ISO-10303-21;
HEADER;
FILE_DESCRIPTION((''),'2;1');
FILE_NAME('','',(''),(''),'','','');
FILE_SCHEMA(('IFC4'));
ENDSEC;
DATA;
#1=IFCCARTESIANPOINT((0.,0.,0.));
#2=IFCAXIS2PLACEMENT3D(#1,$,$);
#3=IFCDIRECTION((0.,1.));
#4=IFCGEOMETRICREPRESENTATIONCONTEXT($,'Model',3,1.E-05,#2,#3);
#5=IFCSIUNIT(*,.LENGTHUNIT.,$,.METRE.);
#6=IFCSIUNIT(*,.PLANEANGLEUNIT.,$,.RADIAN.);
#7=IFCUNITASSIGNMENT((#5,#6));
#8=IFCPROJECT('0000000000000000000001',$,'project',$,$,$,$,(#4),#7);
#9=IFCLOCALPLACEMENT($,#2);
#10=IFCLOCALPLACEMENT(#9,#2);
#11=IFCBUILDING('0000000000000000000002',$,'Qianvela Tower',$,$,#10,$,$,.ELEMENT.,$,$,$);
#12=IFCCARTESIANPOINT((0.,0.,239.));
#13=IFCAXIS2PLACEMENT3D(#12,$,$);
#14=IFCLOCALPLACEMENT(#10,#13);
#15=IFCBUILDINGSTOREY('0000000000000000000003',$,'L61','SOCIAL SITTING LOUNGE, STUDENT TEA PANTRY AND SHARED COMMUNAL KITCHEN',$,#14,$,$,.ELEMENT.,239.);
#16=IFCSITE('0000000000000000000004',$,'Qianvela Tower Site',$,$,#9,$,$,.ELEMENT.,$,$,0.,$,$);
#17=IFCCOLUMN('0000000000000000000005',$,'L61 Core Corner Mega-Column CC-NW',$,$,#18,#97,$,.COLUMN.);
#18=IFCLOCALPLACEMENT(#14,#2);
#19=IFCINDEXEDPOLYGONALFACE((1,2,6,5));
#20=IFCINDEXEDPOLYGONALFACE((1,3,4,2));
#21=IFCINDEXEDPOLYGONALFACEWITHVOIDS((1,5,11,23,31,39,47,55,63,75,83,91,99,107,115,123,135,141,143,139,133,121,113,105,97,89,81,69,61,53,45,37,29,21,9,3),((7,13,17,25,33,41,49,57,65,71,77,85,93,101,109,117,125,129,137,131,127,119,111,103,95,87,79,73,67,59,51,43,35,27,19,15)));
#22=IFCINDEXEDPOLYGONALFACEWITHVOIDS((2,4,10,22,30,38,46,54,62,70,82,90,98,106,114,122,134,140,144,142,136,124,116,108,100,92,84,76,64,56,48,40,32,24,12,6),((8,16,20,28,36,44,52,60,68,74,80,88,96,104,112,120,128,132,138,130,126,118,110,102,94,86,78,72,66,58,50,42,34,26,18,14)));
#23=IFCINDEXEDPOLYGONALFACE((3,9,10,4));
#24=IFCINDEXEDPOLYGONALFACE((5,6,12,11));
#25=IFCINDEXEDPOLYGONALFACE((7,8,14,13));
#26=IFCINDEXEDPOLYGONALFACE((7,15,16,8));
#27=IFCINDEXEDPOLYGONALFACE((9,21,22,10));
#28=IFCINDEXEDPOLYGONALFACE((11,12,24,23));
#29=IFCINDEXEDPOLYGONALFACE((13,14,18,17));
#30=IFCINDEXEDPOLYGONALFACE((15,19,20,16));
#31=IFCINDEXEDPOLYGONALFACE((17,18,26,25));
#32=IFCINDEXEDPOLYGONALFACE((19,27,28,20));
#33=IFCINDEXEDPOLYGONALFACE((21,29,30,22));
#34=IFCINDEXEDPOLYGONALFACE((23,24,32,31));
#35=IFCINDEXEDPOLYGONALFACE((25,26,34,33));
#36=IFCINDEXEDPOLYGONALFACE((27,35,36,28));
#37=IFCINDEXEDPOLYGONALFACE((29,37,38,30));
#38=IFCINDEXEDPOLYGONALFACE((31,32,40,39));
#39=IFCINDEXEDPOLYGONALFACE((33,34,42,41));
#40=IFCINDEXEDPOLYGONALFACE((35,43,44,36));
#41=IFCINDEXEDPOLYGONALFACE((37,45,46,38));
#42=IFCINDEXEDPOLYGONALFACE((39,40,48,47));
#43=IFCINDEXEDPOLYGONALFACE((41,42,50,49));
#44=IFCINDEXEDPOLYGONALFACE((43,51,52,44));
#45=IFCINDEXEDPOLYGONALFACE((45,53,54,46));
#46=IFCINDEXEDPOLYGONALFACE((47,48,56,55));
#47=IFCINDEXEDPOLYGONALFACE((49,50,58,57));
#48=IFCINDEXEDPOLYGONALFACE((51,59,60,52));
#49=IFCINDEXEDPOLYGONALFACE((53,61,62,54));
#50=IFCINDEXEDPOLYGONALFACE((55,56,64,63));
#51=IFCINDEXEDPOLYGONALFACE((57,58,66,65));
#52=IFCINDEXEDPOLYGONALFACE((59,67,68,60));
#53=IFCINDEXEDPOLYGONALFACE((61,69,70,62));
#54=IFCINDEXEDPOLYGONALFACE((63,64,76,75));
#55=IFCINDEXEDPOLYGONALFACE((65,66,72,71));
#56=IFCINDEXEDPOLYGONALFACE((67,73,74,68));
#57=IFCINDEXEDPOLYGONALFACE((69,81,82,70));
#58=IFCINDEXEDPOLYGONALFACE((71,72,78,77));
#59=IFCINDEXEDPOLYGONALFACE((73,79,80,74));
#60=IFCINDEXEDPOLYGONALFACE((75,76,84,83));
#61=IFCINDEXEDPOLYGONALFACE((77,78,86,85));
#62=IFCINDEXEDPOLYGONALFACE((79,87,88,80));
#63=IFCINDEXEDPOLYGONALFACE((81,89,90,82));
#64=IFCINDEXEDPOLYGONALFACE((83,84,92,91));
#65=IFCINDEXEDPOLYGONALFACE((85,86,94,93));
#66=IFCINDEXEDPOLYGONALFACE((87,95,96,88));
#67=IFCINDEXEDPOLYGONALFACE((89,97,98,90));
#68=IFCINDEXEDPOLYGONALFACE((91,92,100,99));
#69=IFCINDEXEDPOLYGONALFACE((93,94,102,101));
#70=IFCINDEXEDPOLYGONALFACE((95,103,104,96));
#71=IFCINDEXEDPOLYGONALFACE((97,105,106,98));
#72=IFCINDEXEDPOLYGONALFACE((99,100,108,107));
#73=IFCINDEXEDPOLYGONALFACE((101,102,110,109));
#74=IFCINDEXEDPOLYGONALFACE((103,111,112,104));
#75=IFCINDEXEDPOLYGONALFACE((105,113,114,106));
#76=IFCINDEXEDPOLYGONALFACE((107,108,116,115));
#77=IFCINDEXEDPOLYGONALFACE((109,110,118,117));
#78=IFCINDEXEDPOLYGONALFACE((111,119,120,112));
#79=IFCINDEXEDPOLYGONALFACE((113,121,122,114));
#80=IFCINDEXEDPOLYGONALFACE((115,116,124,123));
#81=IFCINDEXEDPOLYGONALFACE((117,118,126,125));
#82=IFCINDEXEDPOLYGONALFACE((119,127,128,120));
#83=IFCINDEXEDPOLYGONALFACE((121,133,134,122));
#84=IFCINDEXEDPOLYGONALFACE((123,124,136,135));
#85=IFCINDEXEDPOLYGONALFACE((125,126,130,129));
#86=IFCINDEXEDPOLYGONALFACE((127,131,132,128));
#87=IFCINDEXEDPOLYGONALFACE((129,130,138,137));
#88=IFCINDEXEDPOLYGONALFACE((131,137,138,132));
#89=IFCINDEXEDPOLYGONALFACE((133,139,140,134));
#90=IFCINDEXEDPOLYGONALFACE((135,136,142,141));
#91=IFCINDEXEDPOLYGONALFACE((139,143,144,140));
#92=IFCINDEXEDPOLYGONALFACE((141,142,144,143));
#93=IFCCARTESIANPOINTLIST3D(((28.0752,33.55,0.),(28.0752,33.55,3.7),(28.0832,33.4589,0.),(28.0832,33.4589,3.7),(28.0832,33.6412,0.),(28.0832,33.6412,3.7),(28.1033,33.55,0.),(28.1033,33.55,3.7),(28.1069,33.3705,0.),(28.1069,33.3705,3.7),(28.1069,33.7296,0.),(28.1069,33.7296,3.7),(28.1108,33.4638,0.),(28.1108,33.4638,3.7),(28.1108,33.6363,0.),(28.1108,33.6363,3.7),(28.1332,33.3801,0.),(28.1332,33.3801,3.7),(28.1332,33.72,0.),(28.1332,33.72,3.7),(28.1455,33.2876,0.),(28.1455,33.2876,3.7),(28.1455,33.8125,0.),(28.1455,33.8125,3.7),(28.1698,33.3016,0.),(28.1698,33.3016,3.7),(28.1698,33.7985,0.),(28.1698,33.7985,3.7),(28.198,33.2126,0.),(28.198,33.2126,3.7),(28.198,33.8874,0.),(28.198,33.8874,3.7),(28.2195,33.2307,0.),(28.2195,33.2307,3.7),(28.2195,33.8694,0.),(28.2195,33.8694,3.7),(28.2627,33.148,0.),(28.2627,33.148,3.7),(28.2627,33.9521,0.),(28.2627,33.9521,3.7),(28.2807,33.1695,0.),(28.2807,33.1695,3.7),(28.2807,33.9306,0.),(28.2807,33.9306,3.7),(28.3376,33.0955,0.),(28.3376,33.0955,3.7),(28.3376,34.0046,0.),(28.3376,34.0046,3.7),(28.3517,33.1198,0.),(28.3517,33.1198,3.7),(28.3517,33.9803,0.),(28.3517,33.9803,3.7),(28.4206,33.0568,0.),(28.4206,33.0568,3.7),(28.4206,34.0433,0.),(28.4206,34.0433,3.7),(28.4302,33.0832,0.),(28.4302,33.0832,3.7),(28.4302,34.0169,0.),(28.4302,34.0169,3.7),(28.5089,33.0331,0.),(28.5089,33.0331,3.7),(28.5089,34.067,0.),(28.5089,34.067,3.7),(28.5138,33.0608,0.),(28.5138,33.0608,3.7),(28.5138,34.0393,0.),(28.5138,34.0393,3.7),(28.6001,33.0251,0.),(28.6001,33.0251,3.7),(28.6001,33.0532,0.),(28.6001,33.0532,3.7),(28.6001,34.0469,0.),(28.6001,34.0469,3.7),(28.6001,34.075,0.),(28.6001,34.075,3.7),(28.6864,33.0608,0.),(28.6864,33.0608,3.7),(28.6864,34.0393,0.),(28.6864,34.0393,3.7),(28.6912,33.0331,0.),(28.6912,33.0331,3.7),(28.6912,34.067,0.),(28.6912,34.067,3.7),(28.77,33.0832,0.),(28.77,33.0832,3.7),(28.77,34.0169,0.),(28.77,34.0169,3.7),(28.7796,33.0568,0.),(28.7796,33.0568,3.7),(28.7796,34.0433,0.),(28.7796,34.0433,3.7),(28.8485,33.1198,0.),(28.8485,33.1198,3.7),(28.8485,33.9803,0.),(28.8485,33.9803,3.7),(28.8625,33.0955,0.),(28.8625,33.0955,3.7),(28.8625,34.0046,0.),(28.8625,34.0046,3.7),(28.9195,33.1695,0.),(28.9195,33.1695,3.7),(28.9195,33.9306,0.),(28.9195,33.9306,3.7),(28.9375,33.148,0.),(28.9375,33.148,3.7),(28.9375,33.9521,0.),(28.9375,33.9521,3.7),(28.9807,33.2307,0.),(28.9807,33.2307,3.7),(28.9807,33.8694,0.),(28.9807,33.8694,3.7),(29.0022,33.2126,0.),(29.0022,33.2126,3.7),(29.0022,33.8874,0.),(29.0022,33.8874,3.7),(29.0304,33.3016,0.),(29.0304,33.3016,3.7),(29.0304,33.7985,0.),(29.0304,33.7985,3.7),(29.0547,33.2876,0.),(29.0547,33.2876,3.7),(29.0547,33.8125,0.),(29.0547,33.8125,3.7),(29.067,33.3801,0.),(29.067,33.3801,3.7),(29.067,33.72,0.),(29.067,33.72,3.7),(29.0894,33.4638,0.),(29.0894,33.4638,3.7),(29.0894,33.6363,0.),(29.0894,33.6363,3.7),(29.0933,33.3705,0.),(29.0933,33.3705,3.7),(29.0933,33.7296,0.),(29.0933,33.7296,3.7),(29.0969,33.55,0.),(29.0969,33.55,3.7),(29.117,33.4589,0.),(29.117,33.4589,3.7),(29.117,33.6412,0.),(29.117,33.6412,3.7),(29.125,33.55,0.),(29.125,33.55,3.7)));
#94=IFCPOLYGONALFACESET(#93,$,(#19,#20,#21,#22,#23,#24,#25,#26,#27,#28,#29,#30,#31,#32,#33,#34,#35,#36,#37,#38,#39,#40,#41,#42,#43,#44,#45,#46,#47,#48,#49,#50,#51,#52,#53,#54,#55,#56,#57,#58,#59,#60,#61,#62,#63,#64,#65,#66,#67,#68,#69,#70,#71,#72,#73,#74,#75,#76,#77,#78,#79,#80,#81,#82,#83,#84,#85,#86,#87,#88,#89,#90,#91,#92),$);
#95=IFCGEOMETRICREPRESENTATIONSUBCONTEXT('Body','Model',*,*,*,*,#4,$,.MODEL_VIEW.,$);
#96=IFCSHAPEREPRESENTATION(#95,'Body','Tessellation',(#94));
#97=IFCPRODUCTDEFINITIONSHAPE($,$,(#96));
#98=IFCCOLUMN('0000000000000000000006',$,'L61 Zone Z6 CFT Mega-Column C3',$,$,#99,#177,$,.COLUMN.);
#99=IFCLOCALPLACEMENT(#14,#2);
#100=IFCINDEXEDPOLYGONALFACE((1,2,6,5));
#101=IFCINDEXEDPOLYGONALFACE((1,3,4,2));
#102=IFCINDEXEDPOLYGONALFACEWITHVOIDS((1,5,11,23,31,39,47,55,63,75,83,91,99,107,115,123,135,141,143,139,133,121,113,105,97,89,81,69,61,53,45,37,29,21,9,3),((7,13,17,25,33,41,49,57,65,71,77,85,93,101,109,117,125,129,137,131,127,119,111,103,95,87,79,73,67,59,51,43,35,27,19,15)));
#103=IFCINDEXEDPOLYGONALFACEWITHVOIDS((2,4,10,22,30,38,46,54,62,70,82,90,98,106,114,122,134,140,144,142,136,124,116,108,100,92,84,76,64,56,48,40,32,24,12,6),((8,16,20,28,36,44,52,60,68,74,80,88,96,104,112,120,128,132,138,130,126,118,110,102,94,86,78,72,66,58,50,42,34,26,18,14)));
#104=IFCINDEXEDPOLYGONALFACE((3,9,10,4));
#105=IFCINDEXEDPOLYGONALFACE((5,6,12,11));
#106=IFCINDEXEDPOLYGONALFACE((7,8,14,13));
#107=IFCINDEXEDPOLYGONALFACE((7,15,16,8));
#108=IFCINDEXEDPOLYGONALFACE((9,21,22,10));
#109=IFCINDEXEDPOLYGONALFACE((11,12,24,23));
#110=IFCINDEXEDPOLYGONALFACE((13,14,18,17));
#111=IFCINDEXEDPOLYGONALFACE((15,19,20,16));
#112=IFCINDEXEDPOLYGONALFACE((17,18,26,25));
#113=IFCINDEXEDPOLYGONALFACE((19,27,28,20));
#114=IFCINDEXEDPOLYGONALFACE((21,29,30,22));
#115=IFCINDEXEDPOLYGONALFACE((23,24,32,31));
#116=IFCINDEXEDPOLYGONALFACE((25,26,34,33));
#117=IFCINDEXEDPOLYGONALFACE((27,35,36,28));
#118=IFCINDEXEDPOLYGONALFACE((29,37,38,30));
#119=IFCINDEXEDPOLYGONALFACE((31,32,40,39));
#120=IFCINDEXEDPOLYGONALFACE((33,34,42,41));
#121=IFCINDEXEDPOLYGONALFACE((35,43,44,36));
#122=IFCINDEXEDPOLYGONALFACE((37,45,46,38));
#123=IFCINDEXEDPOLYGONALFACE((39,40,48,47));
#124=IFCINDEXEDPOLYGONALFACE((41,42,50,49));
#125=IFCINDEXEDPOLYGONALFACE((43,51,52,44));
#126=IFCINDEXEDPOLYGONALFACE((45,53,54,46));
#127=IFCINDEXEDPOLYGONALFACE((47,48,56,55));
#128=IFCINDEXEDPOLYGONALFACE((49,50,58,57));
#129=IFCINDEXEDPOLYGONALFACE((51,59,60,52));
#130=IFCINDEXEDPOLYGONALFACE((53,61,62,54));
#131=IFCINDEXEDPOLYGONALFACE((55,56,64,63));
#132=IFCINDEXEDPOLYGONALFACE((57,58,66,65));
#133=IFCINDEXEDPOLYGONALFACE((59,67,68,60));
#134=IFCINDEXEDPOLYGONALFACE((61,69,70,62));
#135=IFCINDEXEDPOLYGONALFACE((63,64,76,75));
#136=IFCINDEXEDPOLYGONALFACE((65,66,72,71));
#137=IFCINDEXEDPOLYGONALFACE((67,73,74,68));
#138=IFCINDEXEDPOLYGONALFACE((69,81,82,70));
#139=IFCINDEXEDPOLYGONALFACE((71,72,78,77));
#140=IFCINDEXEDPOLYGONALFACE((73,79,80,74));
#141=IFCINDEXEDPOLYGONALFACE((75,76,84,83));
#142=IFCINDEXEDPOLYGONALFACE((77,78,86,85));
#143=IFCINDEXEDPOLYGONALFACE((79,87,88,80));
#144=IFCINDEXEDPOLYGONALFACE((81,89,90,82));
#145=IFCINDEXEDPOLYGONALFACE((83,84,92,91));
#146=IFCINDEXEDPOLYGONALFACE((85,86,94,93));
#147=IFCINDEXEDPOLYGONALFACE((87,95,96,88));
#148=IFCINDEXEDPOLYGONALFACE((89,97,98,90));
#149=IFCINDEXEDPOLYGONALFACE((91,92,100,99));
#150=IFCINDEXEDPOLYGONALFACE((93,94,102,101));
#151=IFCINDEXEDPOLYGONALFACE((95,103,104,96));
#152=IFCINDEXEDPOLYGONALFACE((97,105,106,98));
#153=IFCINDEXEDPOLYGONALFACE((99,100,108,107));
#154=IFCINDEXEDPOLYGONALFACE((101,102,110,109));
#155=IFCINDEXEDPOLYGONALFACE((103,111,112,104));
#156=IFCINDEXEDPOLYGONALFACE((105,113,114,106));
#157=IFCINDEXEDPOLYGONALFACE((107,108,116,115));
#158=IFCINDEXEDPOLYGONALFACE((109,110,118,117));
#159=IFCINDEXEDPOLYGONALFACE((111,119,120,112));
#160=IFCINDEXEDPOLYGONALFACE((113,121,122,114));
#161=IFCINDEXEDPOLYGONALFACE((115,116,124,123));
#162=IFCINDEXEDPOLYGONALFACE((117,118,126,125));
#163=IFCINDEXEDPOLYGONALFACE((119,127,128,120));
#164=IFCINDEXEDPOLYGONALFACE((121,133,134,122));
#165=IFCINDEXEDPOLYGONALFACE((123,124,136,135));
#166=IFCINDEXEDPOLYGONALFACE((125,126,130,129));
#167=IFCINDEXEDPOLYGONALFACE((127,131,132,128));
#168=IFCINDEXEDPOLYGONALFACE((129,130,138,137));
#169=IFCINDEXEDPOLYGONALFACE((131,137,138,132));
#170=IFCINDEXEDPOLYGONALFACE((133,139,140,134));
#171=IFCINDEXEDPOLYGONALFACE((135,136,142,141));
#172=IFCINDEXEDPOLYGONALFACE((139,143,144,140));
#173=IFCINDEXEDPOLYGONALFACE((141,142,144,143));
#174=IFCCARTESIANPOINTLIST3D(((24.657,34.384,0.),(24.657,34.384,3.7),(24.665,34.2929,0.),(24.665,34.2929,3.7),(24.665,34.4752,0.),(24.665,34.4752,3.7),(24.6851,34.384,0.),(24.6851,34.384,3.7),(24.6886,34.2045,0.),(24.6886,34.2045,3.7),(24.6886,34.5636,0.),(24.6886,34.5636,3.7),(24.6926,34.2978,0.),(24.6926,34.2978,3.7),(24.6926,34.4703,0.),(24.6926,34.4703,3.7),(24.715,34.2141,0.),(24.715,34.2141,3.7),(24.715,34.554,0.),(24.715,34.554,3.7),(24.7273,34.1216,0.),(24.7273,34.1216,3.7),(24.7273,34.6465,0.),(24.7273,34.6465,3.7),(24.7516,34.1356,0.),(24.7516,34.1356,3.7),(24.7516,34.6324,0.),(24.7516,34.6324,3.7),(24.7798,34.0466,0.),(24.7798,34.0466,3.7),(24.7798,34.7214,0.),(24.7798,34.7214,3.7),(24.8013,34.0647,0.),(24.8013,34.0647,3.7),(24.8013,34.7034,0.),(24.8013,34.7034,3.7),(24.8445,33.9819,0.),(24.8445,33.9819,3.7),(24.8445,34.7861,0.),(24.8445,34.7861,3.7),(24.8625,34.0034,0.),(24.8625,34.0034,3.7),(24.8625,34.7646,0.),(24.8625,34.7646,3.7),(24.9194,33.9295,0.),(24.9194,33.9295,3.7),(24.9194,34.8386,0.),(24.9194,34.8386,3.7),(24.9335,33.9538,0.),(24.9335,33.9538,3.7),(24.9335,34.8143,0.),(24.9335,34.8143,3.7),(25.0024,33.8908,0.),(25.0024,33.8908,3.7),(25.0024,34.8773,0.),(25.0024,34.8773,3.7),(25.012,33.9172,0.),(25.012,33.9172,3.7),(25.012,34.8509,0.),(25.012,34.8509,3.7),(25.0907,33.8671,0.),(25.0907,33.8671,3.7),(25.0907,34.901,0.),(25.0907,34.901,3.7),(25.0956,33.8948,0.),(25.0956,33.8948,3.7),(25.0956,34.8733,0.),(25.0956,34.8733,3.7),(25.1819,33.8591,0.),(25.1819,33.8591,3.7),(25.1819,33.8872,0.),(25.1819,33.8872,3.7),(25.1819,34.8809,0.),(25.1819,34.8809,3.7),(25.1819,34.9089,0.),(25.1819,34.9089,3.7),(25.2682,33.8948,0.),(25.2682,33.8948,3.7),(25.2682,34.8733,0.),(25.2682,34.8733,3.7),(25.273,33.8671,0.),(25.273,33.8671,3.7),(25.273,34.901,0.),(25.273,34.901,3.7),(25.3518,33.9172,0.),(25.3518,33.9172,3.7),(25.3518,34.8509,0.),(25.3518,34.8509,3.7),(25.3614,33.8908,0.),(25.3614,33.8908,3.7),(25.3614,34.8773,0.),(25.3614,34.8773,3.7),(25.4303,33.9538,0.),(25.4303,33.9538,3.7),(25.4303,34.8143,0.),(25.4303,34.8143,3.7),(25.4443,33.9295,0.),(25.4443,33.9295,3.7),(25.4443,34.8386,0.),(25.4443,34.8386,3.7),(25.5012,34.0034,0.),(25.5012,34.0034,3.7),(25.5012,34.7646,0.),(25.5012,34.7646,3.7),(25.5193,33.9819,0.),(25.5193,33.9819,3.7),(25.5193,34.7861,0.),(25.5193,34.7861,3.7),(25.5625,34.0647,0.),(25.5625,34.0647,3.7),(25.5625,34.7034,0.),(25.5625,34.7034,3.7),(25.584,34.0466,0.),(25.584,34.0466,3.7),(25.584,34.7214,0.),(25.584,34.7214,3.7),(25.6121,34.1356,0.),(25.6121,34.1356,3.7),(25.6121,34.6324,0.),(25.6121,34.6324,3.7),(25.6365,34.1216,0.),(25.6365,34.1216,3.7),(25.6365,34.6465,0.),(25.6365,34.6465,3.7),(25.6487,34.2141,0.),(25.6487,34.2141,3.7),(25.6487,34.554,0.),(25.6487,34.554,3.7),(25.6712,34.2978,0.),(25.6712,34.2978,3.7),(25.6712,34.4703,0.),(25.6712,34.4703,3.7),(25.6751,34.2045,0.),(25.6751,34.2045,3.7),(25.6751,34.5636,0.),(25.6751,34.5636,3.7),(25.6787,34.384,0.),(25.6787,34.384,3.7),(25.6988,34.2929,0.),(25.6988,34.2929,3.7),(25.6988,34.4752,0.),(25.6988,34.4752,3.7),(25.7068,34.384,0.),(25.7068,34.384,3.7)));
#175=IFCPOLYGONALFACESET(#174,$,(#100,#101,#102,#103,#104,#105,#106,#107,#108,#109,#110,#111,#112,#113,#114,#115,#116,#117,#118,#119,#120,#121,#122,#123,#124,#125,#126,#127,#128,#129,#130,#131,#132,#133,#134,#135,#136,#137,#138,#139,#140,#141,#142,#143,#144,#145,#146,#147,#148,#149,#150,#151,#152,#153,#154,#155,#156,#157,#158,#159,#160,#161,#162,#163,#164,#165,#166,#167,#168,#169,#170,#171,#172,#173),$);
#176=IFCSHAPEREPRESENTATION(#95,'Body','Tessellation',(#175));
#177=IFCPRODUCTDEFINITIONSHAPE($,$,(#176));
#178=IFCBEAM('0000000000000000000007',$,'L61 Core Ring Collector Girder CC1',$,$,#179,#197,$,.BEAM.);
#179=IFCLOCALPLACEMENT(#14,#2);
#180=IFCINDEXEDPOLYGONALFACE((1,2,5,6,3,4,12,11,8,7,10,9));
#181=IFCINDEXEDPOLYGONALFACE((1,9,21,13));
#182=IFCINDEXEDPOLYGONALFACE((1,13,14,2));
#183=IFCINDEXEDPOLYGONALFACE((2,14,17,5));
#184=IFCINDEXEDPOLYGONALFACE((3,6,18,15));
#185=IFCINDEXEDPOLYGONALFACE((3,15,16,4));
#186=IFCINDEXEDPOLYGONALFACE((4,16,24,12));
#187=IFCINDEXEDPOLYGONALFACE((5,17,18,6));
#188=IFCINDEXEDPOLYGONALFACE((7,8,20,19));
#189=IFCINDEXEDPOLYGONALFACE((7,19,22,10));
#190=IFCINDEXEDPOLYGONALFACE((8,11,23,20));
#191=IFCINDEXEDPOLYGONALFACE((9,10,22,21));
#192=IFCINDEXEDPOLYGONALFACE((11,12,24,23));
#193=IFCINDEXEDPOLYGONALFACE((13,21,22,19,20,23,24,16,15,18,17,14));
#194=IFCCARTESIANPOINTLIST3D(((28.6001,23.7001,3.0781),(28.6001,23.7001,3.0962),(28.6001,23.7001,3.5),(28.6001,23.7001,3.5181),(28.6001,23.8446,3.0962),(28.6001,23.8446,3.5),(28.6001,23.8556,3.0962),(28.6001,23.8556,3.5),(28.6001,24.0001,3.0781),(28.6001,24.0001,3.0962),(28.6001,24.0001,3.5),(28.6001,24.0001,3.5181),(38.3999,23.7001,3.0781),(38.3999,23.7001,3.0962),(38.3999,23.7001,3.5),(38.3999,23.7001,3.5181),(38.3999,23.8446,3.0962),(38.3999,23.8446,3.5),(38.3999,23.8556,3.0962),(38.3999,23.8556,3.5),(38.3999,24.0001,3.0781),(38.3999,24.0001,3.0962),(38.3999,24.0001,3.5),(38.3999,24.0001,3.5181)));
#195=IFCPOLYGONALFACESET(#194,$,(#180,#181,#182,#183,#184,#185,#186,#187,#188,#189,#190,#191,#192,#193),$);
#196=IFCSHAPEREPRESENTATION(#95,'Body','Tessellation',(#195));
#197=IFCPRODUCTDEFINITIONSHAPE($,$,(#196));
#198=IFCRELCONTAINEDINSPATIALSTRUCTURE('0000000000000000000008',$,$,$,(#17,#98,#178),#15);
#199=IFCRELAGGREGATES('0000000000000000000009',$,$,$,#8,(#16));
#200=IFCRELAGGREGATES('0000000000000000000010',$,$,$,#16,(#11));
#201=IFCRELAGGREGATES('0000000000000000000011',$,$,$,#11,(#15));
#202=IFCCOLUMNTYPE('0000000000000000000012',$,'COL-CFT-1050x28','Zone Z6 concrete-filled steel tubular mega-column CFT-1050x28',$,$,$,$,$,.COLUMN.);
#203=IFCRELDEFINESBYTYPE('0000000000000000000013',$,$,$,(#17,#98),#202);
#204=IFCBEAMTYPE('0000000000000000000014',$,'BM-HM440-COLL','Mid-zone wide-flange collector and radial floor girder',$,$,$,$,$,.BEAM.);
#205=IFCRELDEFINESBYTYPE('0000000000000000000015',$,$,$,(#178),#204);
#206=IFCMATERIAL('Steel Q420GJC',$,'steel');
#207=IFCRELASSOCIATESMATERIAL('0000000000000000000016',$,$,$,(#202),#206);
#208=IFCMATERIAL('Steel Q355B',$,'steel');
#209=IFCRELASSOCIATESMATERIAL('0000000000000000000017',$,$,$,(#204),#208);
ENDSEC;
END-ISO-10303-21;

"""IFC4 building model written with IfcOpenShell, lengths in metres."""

from ifc_helpers import new_model, si_unit, direction, frame, origin, origin_2d, place, context, subcontext, project, spatial, hollow_circle, i_section, extrude, material, material_profile, profile_set, type_object, element, save


model = new_model("IFC4")

# Units and contexts
model_context = context("Model", 3, precision=1e-05, world=origin(), true_north=direction((0.0, 1.0)))
body_context = subcontext(model_context, "Body", "Model", "MODEL_VIEW")
ifc_project = project(units=[si_unit("LENGTHUNIT", "METRE"), si_unit("PLANEANGLEUNIT", "RADIAN")], contexts=[model_context])

# Site, building, storey
site_placement = place(None, origin())
site = spatial("IfcSite", under=ifc_project, at=site_placement, Name="Qianvela Tower Site", CompositionType="ELEMENT", RefElevation=0.0)
building_placement = place(site_placement, origin())
building = spatial("IfcBuilding", under=site, at=building_placement, Name="Qianvela Tower", CompositionType="ELEMENT")
storey_placement = place(building_placement, frame((0.0, 0.0, 239.0)))
storey = spatial("IfcBuildingStorey", under=building, at=storey_placement, Name="L61", Description="SOCIAL SITTING LOUNGE, STUDENT TEA PANTRY AND SHARED COMMUNAL KITCHEN", CompositionType="ELEMENT", Elevation=239.0)

# Columns
ifc_material_1 = material(Name="Steel Q420GJC", Category="steel")
ifc_material_profile_1 = material_profile(ifc_material_1, hollow_circle(Radius=0.5249, WallThickness=0.0281, at=origin_2d()), Name="CFT-1050x28")
ifc_profile_set_1 = profile_set([ifc_material_profile_1], Name="Steel Q420GJC")
column_type = type_object("IfcColumnType", Name="COL-CFT-1050x28", Description="Zone Z6 concrete-filled steel tubular mega-column CFT-1050x28", PredefinedType="COLUMN", material=ifc_profile_set_1)
for number, where, z_axis, x_axis, name in (
    (1, (28.6001, 33.55, 0.0), (0.0, 0.0, 1.0), (1.0, 0.0, 0.0), "L61 Core Corner Mega-Column CC-NW"),
    (2, (25.1819, 34.384, 0.0), (0.0, 0.0, 1.0), (1.0, 0.0, 0.0), "L61 Zone Z6 CFT Mega-Column C3"),
):
    element("IfcColumn", number, at=place(storey_placement, frame(where, z_axis=z_axis, x_axis=x_axis)), inside=storey, type_object=column_type, Name=name, PredefinedType="COLUMN", context=body_context, shape_type="SweptSolid", body=[
        extrude(hollow_circle(Radius=0.5249, WallThickness=0.0281, at=origin_2d()), origin(), (0.0, 0.0, 1.0), 3.7),
    ])

# Beam
ifc_material_2 = material(Name="Steel Q355B", Category="steel")
ifc_material_profile_2 = material_profile(ifc_material_2, i_section(OverallWidth=0.3, OverallDepth=0.4399, WebThickness=0.011, FlangeThickness=0.0181, at=origin_2d()), Name="HM440x300x11x18")
ifc_profile_set_2 = profile_set([ifc_material_profile_2], Name="Steel Q355B")
beam_type_1 = type_object("IfcBeamType", Name="BM-HM440-COLL", Description="Mid-zone wide-flange collector and radial floor girder", PredefinedType="BEAM", material=ifc_profile_set_2)
beam_1_placement = place(storey_placement, frame((28.6001, 23.8501, 3.2981), z_axis=(1.0, 0.0, 0.0), x_axis=(0.0, 1.0, 0.0)))
element("IfcBeam", 3, at=beam_1_placement, inside=storey, type_object=beam_type_1, Name="L61 Core Ring Collector Girder CC1", PredefinedType="BEAM", context=body_context, shape_type="SweptSolid", body=[
    extrude(i_section(OverallWidth=0.3, OverallDepth=0.4399, WebThickness=0.011, FlangeThickness=0.0181, at=origin_2d()), origin(), (0.0, 0.0, 1.0), 9.7998),
])

save(model, "model.ifc")
